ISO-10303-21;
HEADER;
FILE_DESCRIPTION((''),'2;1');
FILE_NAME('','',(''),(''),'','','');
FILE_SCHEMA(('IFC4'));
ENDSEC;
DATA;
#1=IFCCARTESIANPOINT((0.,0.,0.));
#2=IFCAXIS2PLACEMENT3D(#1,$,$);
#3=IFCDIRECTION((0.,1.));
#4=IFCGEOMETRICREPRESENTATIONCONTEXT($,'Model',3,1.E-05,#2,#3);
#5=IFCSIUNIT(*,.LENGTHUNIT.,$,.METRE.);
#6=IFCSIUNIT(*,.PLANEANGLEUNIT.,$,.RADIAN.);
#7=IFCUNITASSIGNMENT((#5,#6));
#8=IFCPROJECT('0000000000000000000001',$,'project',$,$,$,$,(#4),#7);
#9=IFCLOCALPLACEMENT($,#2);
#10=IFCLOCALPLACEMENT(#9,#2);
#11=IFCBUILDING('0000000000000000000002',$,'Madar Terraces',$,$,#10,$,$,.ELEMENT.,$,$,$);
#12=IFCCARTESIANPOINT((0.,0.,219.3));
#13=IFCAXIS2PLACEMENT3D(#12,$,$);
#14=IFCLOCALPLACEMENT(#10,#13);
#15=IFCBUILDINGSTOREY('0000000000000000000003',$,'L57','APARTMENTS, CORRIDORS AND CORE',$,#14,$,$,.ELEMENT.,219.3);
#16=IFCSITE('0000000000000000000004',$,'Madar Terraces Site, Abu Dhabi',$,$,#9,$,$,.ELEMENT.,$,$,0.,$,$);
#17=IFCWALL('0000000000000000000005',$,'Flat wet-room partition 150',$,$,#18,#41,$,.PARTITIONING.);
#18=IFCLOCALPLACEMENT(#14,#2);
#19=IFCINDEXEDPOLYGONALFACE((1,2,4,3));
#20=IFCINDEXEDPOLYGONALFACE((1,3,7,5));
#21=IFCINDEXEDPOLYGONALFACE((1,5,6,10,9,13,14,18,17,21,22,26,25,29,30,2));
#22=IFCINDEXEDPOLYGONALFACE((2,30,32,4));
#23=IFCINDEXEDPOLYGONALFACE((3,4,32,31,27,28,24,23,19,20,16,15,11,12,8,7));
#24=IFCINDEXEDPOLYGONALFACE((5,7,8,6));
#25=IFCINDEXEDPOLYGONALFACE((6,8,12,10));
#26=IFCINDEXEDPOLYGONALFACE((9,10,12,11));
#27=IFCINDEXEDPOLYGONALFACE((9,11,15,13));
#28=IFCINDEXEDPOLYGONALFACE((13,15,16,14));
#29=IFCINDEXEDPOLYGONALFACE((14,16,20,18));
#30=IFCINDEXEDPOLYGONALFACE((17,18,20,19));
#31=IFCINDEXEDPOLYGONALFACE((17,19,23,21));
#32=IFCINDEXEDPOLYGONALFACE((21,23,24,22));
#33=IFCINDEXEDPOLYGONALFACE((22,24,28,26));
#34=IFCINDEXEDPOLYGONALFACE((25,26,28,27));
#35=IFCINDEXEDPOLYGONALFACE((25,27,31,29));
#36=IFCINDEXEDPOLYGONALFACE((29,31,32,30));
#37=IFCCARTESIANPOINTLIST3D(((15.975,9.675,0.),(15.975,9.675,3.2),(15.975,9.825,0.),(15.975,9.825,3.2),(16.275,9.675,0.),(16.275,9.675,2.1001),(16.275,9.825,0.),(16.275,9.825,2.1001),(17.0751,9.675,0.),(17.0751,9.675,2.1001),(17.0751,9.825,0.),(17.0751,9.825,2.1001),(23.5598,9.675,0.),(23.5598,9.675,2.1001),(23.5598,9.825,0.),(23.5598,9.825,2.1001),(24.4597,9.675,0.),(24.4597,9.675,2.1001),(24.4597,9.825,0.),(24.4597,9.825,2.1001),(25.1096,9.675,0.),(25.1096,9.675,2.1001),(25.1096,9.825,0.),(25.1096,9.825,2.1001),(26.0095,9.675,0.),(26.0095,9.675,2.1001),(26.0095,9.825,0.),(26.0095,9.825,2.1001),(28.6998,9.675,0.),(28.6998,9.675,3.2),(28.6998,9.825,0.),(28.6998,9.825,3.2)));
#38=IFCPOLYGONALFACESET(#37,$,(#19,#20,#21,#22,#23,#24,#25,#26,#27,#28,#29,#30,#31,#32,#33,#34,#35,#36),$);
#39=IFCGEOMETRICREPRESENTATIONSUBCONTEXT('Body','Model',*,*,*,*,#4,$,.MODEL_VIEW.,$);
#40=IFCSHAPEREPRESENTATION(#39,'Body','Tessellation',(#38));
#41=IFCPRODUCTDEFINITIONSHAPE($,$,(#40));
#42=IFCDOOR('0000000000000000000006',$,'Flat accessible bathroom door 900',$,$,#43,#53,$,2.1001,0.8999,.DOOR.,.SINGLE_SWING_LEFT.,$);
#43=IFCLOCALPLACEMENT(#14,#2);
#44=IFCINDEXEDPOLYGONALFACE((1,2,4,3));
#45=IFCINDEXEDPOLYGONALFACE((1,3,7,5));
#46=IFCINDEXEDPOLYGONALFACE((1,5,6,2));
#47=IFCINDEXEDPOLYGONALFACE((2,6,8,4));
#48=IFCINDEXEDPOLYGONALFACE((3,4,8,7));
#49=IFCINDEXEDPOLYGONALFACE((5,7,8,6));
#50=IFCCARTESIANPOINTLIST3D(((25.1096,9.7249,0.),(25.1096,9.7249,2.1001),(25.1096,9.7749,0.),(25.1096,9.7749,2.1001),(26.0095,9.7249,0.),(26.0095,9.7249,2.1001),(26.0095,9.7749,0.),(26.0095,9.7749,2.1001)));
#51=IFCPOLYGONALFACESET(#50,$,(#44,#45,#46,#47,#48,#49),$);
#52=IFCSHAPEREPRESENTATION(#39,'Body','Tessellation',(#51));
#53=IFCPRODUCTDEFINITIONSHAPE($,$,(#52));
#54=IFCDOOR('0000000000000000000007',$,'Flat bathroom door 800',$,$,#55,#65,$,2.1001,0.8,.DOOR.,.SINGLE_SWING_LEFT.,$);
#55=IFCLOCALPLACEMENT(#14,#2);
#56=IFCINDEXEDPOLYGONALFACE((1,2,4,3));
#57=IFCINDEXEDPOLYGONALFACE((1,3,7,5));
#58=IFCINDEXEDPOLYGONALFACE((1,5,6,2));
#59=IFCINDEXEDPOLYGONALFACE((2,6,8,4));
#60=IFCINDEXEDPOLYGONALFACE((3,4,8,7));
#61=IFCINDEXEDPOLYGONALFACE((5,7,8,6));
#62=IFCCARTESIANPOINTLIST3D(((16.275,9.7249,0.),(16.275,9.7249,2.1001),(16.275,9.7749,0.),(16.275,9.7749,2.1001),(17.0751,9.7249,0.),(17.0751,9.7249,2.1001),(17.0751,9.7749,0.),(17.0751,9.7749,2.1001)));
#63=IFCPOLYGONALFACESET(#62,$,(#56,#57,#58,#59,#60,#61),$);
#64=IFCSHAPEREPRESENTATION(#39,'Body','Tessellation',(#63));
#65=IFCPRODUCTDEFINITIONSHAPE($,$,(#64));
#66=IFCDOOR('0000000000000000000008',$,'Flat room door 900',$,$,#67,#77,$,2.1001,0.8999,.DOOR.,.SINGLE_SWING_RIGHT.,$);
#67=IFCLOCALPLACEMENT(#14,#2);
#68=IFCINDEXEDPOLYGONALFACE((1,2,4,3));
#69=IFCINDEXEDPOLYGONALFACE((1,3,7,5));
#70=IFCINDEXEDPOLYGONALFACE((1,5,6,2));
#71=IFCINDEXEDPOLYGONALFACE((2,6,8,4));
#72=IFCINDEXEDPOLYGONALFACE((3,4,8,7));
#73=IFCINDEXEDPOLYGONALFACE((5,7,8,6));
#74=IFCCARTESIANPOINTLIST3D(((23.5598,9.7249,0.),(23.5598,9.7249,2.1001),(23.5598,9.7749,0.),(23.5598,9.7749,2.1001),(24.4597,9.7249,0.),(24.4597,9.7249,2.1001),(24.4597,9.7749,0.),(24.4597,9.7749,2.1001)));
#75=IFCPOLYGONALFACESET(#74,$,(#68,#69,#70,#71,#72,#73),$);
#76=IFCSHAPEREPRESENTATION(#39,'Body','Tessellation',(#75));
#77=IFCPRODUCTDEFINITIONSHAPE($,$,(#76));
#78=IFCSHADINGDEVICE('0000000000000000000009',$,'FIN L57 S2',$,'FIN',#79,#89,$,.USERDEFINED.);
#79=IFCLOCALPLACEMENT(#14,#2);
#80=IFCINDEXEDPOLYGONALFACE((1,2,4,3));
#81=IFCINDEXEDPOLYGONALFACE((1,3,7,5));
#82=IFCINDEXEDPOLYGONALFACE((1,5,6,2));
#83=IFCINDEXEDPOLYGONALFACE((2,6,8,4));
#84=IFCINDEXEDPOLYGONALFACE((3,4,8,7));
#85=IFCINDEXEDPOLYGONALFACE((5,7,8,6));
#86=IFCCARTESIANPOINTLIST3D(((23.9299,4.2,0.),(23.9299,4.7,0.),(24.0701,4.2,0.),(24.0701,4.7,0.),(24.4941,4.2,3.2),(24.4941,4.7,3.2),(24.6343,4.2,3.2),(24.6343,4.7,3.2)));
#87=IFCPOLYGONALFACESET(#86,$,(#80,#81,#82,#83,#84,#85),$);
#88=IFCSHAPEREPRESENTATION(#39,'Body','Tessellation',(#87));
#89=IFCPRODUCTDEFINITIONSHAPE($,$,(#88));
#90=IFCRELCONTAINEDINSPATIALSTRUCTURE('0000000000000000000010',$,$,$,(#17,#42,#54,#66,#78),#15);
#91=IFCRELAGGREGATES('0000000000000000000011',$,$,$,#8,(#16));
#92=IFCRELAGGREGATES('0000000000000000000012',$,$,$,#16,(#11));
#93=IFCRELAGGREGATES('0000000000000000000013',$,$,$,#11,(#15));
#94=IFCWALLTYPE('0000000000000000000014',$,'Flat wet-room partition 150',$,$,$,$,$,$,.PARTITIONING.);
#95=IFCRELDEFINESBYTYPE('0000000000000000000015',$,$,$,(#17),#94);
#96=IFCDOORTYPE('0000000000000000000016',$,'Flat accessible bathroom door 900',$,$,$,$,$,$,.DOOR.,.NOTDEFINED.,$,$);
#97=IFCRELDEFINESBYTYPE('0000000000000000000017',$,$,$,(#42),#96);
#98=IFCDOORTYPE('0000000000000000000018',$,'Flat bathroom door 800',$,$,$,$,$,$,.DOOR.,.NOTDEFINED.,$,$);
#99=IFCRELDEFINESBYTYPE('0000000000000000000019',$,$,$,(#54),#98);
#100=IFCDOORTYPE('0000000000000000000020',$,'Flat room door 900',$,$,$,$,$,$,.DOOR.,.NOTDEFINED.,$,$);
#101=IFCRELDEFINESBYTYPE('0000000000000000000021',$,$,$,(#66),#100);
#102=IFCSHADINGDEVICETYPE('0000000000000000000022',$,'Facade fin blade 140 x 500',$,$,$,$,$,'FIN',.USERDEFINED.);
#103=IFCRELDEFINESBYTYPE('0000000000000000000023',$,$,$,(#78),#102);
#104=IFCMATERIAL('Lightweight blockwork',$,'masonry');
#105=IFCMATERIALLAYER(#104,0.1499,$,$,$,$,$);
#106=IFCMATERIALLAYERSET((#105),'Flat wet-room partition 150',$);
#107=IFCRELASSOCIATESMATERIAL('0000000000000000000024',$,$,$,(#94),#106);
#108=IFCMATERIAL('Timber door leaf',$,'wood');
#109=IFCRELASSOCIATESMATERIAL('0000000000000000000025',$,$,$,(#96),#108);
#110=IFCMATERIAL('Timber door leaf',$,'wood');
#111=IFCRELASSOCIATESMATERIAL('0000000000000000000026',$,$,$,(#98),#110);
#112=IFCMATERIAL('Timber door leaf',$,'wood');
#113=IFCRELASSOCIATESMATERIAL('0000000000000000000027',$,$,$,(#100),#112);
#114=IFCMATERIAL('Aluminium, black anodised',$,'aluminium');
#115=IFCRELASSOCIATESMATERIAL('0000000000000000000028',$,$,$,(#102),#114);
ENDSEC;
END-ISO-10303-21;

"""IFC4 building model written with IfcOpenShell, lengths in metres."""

from ifc_helpers import new_model, si_unit, direction, frame, frame_2d, origin, place, context, subcontext, project, spatial, polyline, rectangle, outline, extrude, material, layer, layer_set, type_object, element, fill, save


model = new_model("IFC4")

# Units and contexts
model_context = context("Model", 3, precision=1e-05, world=origin(), true_north=direction((0.0, 1.0)))
body_context = subcontext(model_context, "Body", "Model", "MODEL_VIEW")
ifc_project = project(units=[si_unit("LENGTHUNIT", "METRE"), si_unit("PLANEANGLEUNIT", "RADIAN")], contexts=[model_context])

# Site, building, storey
site_placement = place(None, origin())
site = spatial("IfcSite", under=ifc_project, at=site_placement, Name="Madar Terraces Site, Abu Dhabi", CompositionType="ELEMENT", RefElevation=0.0)
building_placement = place(site_placement, origin())
building = spatial("IfcBuilding", under=site, at=building_placement, Name="Madar Terraces", CompositionType="ELEMENT")
storey_placement = place(building_placement, frame((0.0, 0.0, 219.3)))
storey = spatial("IfcBuildingStorey", under=building, at=storey_placement, Name="L57", Description="APARTMENTS, CORRIDORS AND CORE", CompositionType="ELEMENT", Elevation=219.3)

# Shared definitions
ifc_material_1 = material(Name="Lightweight blockwork", Category="masonry")
ifc_layer_1 = layer(ifc_material_1, 0.1499)
ifc_layer_set_1 = layer_set([ifc_layer_1], Name="Flat wet-room partition 150")
wall_type_1 = type_object("IfcWallType", Name="Flat wet-room partition 150", PredefinedType="PARTITIONING", material=ifc_layer_set_1)

# Wall, openings, doors
wall_1_placement = place(storey_placement, frame((15.9751, 9.75, 0.0), z_axis=(0.0, 0.0, 1.0), x_axis=(1.0, 0.0, 0.0)))
wall_1 = element("IfcWall", 1, at=wall_1_placement, inside=storey, type_object=wall_type_1, Name="Flat wet-room partition 150", PredefinedType="PARTITIONING", context=body_context, shape_type="SweptSolid", body=[
    extrude(rectangle(XDim=12.7249, YDim=0.1499, at=frame_2d((6.3623, 0.0))), origin(), (0.0, 0.0, 1.0), 3.2),
])
opening_1_placement = place(wall_1_placement, frame((0.3, 0.0, 0.0)))
opening_1 = element("IfcOpeningElement", 2, at=opening_1_placement, cuts=wall_1, PredefinedType="OPENING", context=body_context, shape_type="SweptSolid", body=[
    extrude(rectangle(XDim=0.8, YDim=2.1001, at=frame_2d((0.3999, 1.05))), frame((0.0, 0.085, 0.0), z_axis=(0.0, -1.0, 0.0), x_axis=(1.0, 0.0, 0.0)), (0.0, 0.0, 1.0), 0.1699),
])
opening_2_placement = place(wall_1_placement, frame((7.5847, 0.0, 0.0)))
opening_2 = element("IfcOpeningElement", 3, at=opening_2_placement, cuts=wall_1, PredefinedType="OPENING", context=body_context, shape_type="SweptSolid", body=[
    extrude(rectangle(XDim=0.8999, YDim=2.1001, at=frame_2d((0.45, 1.05))), frame((0.0, 0.085, 0.0), z_axis=(0.0, -1.0, 0.0), x_axis=(1.0, 0.0, 0.0)), (0.0, 0.0, 1.0), 0.1699),
])
opening_3_placement = place(wall_1_placement, frame((9.1345, 0.0, 0.0)))
opening_3 = element("IfcOpeningElement", 4, at=opening_3_placement, cuts=wall_1, PredefinedType="OPENING", context=body_context, shape_type="SweptSolid", body=[
    extrude(rectangle(XDim=0.8999, YDim=2.1001, at=frame_2d((0.45, 1.05))), frame((0.0, 0.085, 0.0), z_axis=(0.0, -1.0, 0.0), x_axis=(1.0, 0.0, 0.0)), (0.0, 0.0, 1.0), 0.1699),
])
ifc_material_2 = material(Name="Timber door leaf", Category="wood")
door_type_1 = type_object("IfcDoorType", Name="Flat accessible bathroom door 900", OperationType="NOTDEFINED", PredefinedType="DOOR", material=ifc_material_2)
door_1_placement = place(opening_3_placement, origin())
door_1 = element("IfcDoor", 5, at=door_1_placement, inside=storey, type_object=door_type_1, Name="Flat accessible bathroom door 900", OperationType="SINGLE_SWING_LEFT", OverallHeight=2.1001, OverallWidth=0.8999, PredefinedType="DOOR", context=body_context, shape_type="SweptSolid", body=[
    extrude(rectangle(XDim=0.8999, YDim=2.1001, at=frame_2d((0.45, 1.05))), frame((0.0, 0.0249, 0.0), z_axis=(0.0, -1.0, 0.0), x_axis=(1.0, 0.0, 0.0)), (0.0, 0.0, 1.0), 0.05),
])
fill(opening_3, door_1)
ifc_material_3 = material(Name="Timber door leaf", Category="wood")
door_type_2 = type_object("IfcDoorType", Name="Flat bathroom door 800", OperationType="NOTDEFINED", PredefinedType="DOOR", material=ifc_material_3)
door_2_placement = place(opening_1_placement, origin())
door_2 = element("IfcDoor", 6, at=door_2_placement, inside=storey, type_object=door_type_2, Name="Flat bathroom door 800", OperationType="SINGLE_SWING_LEFT", OverallHeight=2.1001, OverallWidth=0.8, PredefinedType="DOOR", context=body_context, shape_type="SweptSolid", body=[
    extrude(rectangle(XDim=0.8, YDim=2.1001, at=frame_2d((0.3999, 1.05))), frame((0.0, 0.0249, 0.0), z_axis=(0.0, -1.0, 0.0), x_axis=(1.0, 0.0, 0.0)), (0.0, 0.0, 1.0), 0.05),
])
fill(opening_1, door_2)
ifc_material_4 = material(Name="Timber door leaf", Category="wood")
door_type_3 = type_object("IfcDoorType", Name="Flat room door 900", OperationType="NOTDEFINED", PredefinedType="DOOR", material=ifc_material_4)
door_3_placement = place(opening_2_placement, origin())
door_3 = element("IfcDoor", 7, at=door_3_placement, inside=storey, type_object=door_type_3, Name="Flat room door 900", OperationType="SINGLE_SWING_RIGHT", OverallHeight=2.1001, OverallWidth=0.8999, PredefinedType="DOOR", context=body_context, shape_type="SweptSolid", body=[
    extrude(rectangle(XDim=0.8999, YDim=2.1001, at=frame_2d((0.45, 1.05))), frame((0.0, 0.0249, 0.0), z_axis=(0.0, -1.0, 0.0), x_axis=(1.0, 0.0, 0.0)), (0.0, 0.0, 1.0), 0.05),
])
fill(opening_2, door_3)

# Shading device
ifc_material_5 = material(Name="Aluminium, black anodised", Category="aluminium")
shading_device_type = type_object("IfcShadingDeviceType", Name="Facade fin blade 140 x 500", ElementType="FIN", PredefinedType="USERDEFINED", material=ifc_material_5)
shading_device_placement = place(storey_placement, frame((23.9299, 4.45, 0.0), z_axis=(0.0, 0.0, 1.0), x_axis=(1.0, 0.0, 0.0)))
element("IfcShadingDevice", 8, at=shading_device_placement, inside=storey, type_object=shading_device_type, Name="FIN L57 S2", ObjectType="FIN", PredefinedType="USERDEFINED", context=body_context, shape_type="SweptSolid", body=[
    extrude(outline(polyline([(0.0, 0.0), (0.1401, 0.0), (0.7043, 3.2), (0.5642, 3.2), (0.0, 0.0)])), frame((0.0, 0.25, 0.0), z_axis=(0.0, -1.0, 0.0), x_axis=(1.0, 0.0, 0.0)), (0.0, 0.0, 1.0), 0.5),
])

save(model, "model.ifc")
